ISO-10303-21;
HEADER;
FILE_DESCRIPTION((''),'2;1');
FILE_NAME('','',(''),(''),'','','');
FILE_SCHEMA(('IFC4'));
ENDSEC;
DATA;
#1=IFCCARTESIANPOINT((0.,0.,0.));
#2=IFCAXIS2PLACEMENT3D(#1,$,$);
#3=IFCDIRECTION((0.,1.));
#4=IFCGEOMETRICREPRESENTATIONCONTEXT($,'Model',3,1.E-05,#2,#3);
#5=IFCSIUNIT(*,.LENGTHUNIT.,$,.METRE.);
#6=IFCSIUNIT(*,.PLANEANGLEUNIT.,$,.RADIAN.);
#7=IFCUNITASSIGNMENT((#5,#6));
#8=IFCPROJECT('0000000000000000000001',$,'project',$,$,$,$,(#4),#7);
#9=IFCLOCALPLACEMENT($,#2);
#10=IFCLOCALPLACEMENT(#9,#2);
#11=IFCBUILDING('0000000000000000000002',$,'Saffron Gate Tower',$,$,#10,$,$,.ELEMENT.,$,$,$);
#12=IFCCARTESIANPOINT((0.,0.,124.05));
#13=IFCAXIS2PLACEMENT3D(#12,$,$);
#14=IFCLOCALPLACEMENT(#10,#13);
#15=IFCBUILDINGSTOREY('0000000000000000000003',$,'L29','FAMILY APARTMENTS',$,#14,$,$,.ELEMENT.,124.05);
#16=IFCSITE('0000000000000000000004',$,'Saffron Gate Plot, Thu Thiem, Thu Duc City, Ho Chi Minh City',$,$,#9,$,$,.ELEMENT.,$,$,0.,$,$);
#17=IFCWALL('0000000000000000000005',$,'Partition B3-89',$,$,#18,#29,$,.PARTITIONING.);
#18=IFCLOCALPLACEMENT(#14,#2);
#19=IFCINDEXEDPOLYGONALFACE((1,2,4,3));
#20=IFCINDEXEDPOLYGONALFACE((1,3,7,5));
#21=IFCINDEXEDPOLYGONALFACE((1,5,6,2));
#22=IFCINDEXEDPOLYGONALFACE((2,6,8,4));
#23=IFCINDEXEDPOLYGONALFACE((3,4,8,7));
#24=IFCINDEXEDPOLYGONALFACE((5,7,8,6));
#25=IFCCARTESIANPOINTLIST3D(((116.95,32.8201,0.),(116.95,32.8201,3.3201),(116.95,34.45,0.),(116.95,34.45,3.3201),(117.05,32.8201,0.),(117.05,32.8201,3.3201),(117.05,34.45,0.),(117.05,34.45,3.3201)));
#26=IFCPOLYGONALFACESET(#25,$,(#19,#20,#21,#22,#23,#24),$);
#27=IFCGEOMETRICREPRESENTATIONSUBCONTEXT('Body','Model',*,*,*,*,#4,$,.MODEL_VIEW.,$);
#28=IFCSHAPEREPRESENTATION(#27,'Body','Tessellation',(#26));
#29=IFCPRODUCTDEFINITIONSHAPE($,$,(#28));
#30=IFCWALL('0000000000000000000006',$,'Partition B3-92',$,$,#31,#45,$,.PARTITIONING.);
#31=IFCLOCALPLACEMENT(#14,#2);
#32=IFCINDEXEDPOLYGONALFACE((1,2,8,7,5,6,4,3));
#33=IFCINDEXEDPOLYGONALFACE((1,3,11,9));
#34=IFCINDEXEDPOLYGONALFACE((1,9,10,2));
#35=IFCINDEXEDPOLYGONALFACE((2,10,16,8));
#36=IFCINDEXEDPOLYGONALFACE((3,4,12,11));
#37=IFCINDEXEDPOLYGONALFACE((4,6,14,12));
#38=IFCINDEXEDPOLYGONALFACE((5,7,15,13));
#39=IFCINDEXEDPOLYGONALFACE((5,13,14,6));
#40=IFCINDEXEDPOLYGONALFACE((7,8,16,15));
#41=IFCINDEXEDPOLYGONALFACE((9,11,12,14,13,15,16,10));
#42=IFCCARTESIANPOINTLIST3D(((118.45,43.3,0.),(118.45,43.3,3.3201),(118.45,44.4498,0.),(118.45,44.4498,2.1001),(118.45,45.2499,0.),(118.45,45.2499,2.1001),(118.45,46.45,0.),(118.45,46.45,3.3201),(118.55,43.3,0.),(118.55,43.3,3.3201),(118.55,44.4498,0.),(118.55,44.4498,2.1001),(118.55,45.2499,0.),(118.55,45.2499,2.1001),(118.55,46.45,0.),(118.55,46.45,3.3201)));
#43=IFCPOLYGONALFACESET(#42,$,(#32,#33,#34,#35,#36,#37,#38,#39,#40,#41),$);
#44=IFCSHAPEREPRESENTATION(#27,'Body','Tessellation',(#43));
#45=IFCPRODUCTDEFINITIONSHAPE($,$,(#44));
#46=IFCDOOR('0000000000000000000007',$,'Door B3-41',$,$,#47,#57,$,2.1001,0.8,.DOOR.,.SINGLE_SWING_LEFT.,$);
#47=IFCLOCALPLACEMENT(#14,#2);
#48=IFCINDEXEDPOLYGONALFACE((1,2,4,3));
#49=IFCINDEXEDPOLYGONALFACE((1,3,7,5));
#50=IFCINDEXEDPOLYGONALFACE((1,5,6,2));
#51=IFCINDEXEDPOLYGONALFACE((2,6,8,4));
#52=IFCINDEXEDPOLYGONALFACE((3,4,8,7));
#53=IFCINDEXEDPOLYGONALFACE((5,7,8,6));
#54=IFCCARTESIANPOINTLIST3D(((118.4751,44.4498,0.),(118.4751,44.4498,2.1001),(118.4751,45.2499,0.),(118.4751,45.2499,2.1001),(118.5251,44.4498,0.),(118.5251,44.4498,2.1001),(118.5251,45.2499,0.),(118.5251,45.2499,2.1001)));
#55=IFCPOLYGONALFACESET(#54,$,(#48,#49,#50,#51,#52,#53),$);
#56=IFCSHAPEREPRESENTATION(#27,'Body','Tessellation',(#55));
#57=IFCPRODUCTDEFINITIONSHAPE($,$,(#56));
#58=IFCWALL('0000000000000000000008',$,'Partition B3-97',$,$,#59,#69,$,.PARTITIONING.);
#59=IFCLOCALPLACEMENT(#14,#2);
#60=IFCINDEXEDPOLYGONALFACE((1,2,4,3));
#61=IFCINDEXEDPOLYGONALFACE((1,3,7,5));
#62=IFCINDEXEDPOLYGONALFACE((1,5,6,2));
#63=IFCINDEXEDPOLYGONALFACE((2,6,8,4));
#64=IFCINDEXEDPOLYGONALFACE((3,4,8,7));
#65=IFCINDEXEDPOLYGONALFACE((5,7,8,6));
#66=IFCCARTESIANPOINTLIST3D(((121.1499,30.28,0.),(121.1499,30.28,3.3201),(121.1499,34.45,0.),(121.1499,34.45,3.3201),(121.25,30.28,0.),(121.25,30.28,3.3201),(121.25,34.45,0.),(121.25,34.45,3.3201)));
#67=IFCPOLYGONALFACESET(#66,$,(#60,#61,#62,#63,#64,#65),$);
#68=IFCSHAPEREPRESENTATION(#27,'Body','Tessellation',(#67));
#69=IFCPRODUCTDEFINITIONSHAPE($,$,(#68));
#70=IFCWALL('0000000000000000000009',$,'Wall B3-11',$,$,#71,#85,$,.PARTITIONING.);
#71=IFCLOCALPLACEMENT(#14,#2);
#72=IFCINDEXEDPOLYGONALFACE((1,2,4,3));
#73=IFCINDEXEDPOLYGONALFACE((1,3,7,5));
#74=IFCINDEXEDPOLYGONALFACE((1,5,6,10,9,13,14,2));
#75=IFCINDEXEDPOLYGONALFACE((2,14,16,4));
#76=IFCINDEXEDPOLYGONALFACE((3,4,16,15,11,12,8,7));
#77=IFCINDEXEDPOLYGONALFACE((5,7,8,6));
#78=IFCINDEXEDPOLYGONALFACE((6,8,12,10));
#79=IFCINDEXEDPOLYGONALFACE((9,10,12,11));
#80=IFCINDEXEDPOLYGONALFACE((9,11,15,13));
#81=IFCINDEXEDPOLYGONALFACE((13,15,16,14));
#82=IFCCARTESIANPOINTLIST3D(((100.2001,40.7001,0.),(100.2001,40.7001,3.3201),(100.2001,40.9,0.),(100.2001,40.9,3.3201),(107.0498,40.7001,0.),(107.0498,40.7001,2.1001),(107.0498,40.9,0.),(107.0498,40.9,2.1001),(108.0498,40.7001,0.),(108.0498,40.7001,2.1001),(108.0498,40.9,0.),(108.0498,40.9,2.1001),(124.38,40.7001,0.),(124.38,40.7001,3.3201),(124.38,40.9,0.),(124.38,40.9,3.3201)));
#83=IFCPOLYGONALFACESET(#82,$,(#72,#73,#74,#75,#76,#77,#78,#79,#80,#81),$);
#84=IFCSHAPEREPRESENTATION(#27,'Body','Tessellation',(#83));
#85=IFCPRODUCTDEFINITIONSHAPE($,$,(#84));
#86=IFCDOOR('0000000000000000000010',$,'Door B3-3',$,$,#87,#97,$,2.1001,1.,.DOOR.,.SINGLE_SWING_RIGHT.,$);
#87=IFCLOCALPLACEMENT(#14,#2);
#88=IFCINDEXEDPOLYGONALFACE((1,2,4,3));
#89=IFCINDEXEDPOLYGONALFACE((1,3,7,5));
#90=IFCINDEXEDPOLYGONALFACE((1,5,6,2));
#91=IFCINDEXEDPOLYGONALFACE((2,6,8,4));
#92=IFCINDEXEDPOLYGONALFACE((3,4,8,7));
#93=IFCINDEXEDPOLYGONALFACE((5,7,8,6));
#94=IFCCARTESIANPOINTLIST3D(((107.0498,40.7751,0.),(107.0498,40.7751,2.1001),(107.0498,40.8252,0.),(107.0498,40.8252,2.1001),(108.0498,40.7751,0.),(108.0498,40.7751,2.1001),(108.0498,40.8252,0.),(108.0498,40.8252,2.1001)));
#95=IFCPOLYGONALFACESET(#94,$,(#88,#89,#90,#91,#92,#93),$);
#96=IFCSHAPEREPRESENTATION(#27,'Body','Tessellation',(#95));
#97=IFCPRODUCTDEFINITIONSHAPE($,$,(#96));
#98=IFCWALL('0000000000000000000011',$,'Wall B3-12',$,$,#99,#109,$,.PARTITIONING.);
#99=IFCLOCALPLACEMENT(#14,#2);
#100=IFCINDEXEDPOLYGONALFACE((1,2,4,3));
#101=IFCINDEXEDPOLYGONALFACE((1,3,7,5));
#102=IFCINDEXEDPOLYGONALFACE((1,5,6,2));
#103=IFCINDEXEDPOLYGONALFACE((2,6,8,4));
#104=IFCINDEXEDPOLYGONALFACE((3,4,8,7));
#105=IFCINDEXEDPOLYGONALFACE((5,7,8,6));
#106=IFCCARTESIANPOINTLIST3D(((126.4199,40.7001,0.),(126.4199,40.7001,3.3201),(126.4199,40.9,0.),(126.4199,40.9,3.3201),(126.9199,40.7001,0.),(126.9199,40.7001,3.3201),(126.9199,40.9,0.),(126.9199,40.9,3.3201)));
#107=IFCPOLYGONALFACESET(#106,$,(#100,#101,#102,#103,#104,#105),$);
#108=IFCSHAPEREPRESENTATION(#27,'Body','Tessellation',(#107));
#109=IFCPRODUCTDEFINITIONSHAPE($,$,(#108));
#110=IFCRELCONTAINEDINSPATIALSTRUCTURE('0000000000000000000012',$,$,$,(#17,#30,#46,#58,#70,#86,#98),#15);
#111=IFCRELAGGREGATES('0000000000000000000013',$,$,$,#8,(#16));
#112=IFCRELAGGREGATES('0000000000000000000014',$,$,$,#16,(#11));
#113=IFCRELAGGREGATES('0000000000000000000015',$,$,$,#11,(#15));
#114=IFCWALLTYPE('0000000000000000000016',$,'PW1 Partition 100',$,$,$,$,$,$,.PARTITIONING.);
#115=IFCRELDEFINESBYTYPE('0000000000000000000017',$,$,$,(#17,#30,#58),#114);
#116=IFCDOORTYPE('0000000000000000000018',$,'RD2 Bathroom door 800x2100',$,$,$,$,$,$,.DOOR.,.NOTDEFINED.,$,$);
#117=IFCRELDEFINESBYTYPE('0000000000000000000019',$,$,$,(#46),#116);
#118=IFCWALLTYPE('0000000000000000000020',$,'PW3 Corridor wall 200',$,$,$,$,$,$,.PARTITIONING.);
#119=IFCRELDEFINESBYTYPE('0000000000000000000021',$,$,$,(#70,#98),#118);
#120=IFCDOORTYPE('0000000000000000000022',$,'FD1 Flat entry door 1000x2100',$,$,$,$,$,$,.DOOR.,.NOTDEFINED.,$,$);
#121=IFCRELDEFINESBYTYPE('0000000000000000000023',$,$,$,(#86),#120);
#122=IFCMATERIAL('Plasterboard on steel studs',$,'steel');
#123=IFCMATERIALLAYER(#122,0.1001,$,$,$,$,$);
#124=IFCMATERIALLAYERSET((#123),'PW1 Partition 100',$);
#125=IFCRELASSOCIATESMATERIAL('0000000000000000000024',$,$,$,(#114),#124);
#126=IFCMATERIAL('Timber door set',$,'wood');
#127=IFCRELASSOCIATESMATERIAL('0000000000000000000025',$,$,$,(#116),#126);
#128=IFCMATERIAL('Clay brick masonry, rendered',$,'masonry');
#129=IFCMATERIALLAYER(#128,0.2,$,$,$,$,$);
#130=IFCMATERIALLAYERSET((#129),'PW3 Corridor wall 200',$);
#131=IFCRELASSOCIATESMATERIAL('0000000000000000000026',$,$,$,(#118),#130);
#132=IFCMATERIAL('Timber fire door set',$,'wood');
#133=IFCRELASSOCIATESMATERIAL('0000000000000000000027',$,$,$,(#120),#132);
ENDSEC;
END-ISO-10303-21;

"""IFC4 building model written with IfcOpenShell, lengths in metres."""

from ifc_helpers import new_model, si_unit, direction, frame, frame_2d, origin, place, context, subcontext, project, spatial, rectangle, extrude, material, layer, layer_set, type_object, element, fill, save


model = new_model("IFC4")

# Units and contexts
model_context = context("Model", 3, precision=1e-05, world=origin(), true_north=direction((0.0, 1.0)))
body_context = subcontext(model_context, "Body", "Model", "MODEL_VIEW")
ifc_project = project(units=[si_unit("LENGTHUNIT", "METRE"), si_unit("PLANEANGLEUNIT", "RADIAN")], contexts=[model_context])

# Site, building, storey
site_placement = place(None, origin())
site = spatial("IfcSite", under=ifc_project, at=site_placement, Name="Saffron Gate Plot, Thu Thiem, Thu Duc City, Ho Chi Minh City", CompositionType="ELEMENT", RefElevation=0.0)
building_placement = place(site_placement, origin())
building = spatial("IfcBuilding", under=site, at=building_placement, Name="Saffron Gate Tower", CompositionType="ELEMENT")
storey_placement = place(building_placement, frame((0.0, 0.0, 124.05)))
storey = spatial("IfcBuildingStorey", under=building, at=storey_placement, Name="L29", Description="FAMILY APARTMENTS", CompositionType="ELEMENT", Elevation=124.05)

# Shared definitions
ifc_material_1 = material(Name="Plasterboard on steel studs", Category="steel")
ifc_layer_1 = layer(ifc_material_1, 0.1001)
ifc_layer_set_1 = layer_set([ifc_layer_1], Name="PW1 Partition 100")
wall_type_1 = type_object("IfcWallType", Name="PW1 Partition 100", PredefinedType="PARTITIONING", material=ifc_layer_set_1)
ifc_material_2 = material(Name="Timber door set", Category="wood")

# Wall
wall_1_placement = place(storey_placement, frame((117.0, 34.45, 0.0), z_axis=(0.0, 0.0, 1.0), x_axis=(0.0, -1.0, 0.0)))
element("IfcWall", 1, at=wall_1_placement, inside=storey, type_object=wall_type_1, Name="Partition B3-89", PredefinedType="PARTITIONING", context=body_context, shape_type="SweptSolid", body=[
    extrude(rectangle(XDim=1.6299, YDim=0.1001, at=frame_2d((0.8149, 0.0))), origin(), (0.0, 0.0, 1.0), 3.3201),
])

# Wall, opening, door
wall_2_placement = place(storey_placement, frame((118.5, 43.3, 0.0), z_axis=(0.0, 0.0, 1.0), x_axis=(0.0, 1.0, 0.0)))
wall_2 = element("IfcWall", 2, at=wall_2_placement, inside=storey, type_object=wall_type_1, Name="Partition B3-92", PredefinedType="PARTITIONING", context=body_context, shape_type="SweptSolid", body=[
    extrude(rectangle(XDim=3.1499, YDim=0.1001, at=frame_2d((1.575, 0.0))), origin(), (0.0, 0.0, 1.0), 3.3201),
])
opening_1_placement = place(wall_2_placement, frame((1.1499, 0.0, 0.0)))
opening_1 = element("IfcOpeningElement", 3, at=opening_1_placement, cuts=wall_2, PredefinedType="OPENING", context=body_context, shape_type="SweptSolid", body=[
    extrude(rectangle(XDim=0.8, YDim=2.1001, at=frame_2d((0.3999, 1.05))), frame((0.0, 0.0601, 0.0), z_axis=(0.0, -1.0, 0.0), x_axis=(1.0, 0.0, 0.0)), (0.0, 0.0, 1.0), 0.1201),
])
door_type_1 = type_object("IfcDoorType", Name="RD2 Bathroom door 800x2100", OperationType="NOTDEFINED", PredefinedType="DOOR", material=ifc_material_2)
door_1_placement = place(opening_1_placement, origin())
door_1 = element("IfcDoor", 4, at=door_1_placement, inside=storey, type_object=door_type_1, Name="Door B3-41", OperationType="SINGLE_SWING_LEFT", OverallHeight=2.1001, OverallWidth=0.8, PredefinedType="DOOR", context=body_context, shape_type="SweptSolid", body=[
    extrude(rectangle(XDim=0.8, YDim=2.1001, at=frame_2d((0.3999, 1.05))), frame((0.0, 0.0249, 0.0), z_axis=(0.0, -1.0, 0.0), x_axis=(1.0, 0.0, 0.0)), (0.0, 0.0, 1.0), 0.05),
])
fill(opening_1, door_1)

# Wall
wall_3_placement = place(storey_placement, frame((121.2, 34.45, 0.0), z_axis=(0.0, 0.0, 1.0), x_axis=(0.0, -1.0, 0.0)))
element("IfcWall", 5, at=wall_3_placement, inside=storey, type_object=wall_type_1, Name="Partition B3-97", PredefinedType="PARTITIONING", context=body_context, shape_type="SweptSolid", body=[
    extrude(rectangle(XDim=4.1699, YDim=0.1001, at=frame_2d((2.085, 0.0))), origin(), (0.0, 0.0, 1.0), 3.3201),
])

# Wall, opening, door
ifc_material_3 = material(Name="Clay brick masonry, rendered", Category="masonry")
ifc_layer_2 = layer(ifc_material_3, 0.2)
ifc_layer_set_2 = layer_set([ifc_layer_2], Name="PW3 Corridor wall 200")
wall_type_2 = type_object("IfcWallType", Name="PW3 Corridor wall 200", PredefinedType="PARTITIONING", material=ifc_layer_set_2)
wall_4_placement = place(storey_placement, frame((124.3799, 40.8, 0.0), z_axis=(0.0, 0.0, 1.0), x_axis=(-1.0, 0.0, 0.0)))
wall_4 = element("IfcWall", 6, at=wall_4_placement, inside=storey, type_object=wall_type_2, Name="Wall B3-11", PredefinedType="PARTITIONING", context=body_context, shape_type="SweptSolid", body=[
    extrude(rectangle(XDim=24.1799, YDim=0.2, at=frame_2d((12.0898, 0.0))), origin(), (0.0, 0.0, 1.0), 3.3201),
])
opening_2_placement = place(wall_4_placement, frame((16.3301, 0.0, 0.0)))
opening_2 = element("IfcOpeningElement", 7, at=opening_2_placement, cuts=wall_4, PredefinedType="OPENING", context=body_context, shape_type="SweptSolid", body=[
    extrude(rectangle(XDim=1.0, YDim=2.1001, at=frame_2d((0.5, 1.05))), frame((0.0, 0.1099, 0.0), z_axis=(0.0, -1.0, 0.0), x_axis=(1.0, 0.0, 0.0)), (0.0, 0.0, 1.0), 0.22),
])
ifc_material_4 = material(Name="Timber fire door set", Category="wood")
door_type_2 = type_object("IfcDoorType", Name="FD1 Flat entry door 1000x2100", OperationType="NOTDEFINED", PredefinedType="DOOR", material=ifc_material_4)
door_2_placement = place(opening_2_placement, origin())
door_2 = element("IfcDoor", 8, at=door_2_placement, inside=storey, type_object=door_type_2, Name="Door B3-3", OperationType="SINGLE_SWING_RIGHT", OverallHeight=2.1001, OverallWidth=1.0, PredefinedType="DOOR", context=body_context, shape_type="SweptSolid", body=[
    extrude(rectangle(XDim=1.0, YDim=2.1001, at=frame_2d((0.5, 1.05))), frame((0.0, 0.0249, 0.0), z_axis=(0.0, -1.0, 0.0), x_axis=(1.0, 0.0, 0.0)), (0.0, 0.0, 1.0), 0.05),
])
fill(opening_2, door_2)

# Wall
wall_5_placement = place(storey_placement, frame((126.4199, 40.8, 0.0), z_axis=(0.0, 0.0, 1.0), x_axis=(1.0, 0.0, 0.0)))
element("IfcWall", 9, at=wall_5_placement, inside=storey, type_object=wall_type_2, Name="Wall B3-12", PredefinedType="PARTITIONING", context=body_context, shape_type="SweptSolid", body=[
    extrude(rectangle(XDim=0.5, YDim=0.2, at=frame_2d((0.25, 0.0))), origin(), (0.0, 0.0, 1.0), 3.3201),
])

save(model, "model.ifc")
